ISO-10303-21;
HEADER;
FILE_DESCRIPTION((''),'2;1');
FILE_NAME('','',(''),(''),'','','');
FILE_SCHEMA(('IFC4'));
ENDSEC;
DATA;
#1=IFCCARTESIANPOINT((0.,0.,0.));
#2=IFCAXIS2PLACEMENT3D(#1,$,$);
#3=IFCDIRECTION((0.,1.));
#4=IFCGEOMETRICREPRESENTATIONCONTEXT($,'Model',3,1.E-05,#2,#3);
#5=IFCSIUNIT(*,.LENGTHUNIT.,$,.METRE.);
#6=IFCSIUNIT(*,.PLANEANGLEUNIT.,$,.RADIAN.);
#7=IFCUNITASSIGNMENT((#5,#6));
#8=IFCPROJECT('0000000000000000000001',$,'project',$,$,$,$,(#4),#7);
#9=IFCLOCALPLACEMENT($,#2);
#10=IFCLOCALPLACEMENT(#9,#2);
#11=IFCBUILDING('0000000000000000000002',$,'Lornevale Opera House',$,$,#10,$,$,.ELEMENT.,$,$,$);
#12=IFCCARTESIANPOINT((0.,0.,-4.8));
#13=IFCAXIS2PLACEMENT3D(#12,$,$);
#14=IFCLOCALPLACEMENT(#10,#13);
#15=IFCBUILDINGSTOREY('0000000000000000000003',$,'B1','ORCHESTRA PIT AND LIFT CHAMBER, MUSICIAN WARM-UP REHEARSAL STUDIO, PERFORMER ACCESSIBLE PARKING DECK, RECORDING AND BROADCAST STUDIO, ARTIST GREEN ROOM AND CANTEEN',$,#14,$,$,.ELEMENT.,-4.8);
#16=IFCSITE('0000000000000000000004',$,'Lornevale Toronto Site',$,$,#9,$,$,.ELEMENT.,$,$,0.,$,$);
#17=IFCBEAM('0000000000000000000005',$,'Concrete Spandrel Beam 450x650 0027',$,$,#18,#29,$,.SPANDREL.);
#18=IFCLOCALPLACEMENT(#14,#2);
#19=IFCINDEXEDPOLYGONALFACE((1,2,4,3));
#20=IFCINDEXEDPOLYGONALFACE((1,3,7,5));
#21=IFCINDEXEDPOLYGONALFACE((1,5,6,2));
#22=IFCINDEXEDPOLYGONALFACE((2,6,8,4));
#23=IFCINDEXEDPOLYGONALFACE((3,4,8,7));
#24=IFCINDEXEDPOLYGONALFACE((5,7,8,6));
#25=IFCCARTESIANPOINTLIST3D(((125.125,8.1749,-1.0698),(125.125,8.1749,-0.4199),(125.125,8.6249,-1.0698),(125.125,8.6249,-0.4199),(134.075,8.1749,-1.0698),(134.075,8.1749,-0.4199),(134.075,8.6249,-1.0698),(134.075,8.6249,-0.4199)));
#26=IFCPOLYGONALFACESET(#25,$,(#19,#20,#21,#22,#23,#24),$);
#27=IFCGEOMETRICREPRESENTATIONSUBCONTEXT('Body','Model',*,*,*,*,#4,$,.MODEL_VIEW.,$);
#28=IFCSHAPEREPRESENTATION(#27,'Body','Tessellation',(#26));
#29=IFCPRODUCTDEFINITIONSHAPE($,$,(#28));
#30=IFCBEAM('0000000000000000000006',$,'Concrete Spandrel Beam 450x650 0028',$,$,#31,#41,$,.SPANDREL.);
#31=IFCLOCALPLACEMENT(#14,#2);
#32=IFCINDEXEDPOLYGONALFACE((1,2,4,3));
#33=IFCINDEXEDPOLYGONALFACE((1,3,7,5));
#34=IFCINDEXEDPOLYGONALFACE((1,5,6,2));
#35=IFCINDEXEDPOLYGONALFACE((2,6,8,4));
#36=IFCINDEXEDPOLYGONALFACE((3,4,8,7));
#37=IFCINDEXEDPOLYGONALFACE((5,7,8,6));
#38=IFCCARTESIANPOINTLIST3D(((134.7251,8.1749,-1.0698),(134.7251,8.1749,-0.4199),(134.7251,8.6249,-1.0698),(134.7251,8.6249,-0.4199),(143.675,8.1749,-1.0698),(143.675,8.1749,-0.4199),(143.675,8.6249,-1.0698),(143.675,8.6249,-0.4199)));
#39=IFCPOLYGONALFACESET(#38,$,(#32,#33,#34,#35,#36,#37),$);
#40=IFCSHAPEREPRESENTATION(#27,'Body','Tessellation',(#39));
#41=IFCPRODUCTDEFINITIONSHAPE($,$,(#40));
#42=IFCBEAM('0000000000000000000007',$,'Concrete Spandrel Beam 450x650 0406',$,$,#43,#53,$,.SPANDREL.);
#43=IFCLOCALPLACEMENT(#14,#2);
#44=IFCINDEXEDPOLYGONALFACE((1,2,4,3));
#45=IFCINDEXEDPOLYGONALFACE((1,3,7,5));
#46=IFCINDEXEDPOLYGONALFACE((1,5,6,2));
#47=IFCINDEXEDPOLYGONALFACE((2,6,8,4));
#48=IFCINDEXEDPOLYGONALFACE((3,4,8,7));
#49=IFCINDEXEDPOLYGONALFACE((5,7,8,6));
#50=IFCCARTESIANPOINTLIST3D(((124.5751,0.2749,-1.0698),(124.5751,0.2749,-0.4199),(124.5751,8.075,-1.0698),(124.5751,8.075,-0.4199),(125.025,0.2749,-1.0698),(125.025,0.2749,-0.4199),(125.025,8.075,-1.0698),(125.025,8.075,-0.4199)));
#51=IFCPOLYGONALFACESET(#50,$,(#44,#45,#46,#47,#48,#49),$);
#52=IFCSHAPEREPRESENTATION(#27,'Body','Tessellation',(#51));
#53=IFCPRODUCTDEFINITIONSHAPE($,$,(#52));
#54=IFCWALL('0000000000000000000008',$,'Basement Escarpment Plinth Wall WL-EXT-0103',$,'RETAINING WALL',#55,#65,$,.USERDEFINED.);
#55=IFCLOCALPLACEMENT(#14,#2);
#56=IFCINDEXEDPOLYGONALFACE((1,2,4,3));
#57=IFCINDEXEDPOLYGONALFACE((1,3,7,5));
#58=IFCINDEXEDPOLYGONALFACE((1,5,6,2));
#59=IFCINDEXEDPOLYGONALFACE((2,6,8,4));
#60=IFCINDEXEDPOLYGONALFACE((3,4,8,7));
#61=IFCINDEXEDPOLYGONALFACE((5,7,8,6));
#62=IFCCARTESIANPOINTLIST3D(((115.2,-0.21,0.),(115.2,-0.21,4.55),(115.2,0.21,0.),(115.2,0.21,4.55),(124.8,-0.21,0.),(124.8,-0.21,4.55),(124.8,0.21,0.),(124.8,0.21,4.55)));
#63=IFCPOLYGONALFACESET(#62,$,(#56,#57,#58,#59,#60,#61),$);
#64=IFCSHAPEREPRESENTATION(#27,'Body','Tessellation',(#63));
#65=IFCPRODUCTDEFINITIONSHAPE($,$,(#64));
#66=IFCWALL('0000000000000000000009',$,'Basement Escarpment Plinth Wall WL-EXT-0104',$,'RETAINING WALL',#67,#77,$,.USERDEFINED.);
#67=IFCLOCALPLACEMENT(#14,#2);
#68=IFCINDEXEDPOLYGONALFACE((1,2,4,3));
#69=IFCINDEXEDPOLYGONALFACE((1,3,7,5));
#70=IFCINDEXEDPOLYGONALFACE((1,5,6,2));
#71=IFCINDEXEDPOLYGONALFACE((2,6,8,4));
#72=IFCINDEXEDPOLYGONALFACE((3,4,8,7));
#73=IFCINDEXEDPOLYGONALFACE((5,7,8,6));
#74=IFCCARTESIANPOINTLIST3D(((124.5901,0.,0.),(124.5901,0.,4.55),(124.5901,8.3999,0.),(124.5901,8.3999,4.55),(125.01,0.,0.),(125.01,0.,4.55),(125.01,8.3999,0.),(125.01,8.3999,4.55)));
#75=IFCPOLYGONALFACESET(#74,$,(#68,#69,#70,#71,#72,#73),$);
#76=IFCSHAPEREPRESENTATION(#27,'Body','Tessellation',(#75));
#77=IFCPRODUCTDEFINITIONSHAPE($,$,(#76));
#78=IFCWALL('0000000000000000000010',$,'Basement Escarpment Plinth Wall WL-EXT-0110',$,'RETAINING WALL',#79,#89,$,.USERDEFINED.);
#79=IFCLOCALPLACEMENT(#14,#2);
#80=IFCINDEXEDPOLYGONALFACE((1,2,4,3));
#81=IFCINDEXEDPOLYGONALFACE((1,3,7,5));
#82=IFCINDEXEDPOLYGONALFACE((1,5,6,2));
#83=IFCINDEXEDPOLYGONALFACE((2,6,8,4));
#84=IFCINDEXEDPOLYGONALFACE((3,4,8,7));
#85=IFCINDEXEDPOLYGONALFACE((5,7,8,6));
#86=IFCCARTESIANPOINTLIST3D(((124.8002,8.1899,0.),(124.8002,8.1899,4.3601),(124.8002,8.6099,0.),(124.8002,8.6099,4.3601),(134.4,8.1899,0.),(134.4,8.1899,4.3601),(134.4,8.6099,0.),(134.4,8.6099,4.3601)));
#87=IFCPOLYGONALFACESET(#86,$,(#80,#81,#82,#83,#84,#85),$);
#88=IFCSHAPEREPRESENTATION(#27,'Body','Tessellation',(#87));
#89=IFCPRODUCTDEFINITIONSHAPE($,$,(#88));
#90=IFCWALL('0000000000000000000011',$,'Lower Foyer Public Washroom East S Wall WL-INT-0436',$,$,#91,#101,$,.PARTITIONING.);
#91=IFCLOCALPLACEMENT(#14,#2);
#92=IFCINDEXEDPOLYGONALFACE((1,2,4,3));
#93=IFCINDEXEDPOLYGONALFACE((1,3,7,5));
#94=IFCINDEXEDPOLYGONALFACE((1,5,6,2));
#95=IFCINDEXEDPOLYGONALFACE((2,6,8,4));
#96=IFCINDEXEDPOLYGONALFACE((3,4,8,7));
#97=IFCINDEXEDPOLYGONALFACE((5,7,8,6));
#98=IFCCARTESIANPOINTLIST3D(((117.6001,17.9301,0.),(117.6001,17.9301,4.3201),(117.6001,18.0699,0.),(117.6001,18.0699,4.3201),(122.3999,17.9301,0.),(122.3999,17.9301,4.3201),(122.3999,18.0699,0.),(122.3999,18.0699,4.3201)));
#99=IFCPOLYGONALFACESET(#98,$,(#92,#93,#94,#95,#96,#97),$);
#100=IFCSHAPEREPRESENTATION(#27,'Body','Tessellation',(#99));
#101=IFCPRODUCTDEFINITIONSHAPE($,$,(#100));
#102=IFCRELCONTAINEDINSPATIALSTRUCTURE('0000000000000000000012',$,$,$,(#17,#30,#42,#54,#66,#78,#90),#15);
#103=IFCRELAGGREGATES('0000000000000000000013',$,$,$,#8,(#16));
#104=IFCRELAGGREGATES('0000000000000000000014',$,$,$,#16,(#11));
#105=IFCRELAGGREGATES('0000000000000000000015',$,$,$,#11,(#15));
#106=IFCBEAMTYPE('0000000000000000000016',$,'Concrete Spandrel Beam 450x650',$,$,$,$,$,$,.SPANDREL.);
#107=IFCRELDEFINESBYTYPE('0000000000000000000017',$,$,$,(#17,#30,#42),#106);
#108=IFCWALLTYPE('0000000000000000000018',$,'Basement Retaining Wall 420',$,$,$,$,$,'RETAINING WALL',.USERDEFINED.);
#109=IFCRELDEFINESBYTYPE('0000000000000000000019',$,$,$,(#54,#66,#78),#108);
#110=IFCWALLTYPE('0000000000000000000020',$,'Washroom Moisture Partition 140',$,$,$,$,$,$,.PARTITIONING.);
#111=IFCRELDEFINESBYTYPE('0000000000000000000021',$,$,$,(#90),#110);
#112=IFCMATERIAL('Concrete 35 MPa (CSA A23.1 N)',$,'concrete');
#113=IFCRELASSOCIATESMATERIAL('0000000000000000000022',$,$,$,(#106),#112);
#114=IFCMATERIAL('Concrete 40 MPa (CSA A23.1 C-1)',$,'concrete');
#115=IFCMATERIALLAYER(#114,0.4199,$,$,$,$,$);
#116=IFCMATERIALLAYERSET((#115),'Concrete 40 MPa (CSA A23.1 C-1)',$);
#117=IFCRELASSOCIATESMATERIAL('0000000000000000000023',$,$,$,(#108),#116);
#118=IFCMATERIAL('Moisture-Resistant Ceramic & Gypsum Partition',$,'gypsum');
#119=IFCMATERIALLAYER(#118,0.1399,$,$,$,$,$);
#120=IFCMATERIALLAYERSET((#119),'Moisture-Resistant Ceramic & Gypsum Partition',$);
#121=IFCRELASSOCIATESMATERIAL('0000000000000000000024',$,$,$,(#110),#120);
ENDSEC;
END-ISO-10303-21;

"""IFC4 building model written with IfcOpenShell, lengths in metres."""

from ifc_helpers import new_model, si_unit, direction, frame, frame_2d, origin, origin_2d, place, context, subcontext, project, spatial, rectangle, extrude, material, layer, layer_set, material_profile, profile_set, type_object, element, save


model = new_model("IFC4")

# Units and contexts
model_context = context("Model", 3, precision=1e-05, world=origin(), true_north=direction((0.0, 1.0)))
body_context = subcontext(model_context, "Body", "Model", "MODEL_VIEW")
ifc_project = project(units=[si_unit("LENGTHUNIT", "METRE"), si_unit("PLANEANGLEUNIT", "RADIAN")], contexts=[model_context])

# Site, building, storey
site_placement = place(None, origin())
site = spatial("IfcSite", under=ifc_project, at=site_placement, Name="Lornevale Toronto Site", CompositionType="ELEMENT", RefElevation=0.0)
building_placement = place(site_placement, origin())
building = spatial("IfcBuilding", under=site, at=building_placement, Name="Lornevale Opera House", CompositionType="ELEMENT")
storey_placement = place(building_placement, frame((0.0, 0.0, -4.8)))
storey = spatial("IfcBuildingStorey", under=building, at=storey_placement, Name="B1", Description="ORCHESTRA PIT AND LIFT CHAMBER, MUSICIAN WARM-UP REHEARSAL STUDIO, PERFORMER ACCESSIBLE PARKING DECK, RECORDING AND BROADCAST STUDIO, ARTIST GREEN ROOM AND CANTEEN", CompositionType="ELEMENT", Elevation=-4.8)

# Shared definitions
ifc_material_1 = material(Name="Concrete 35 MPa (CSA A23.1 N)", Category="concrete")
ifc_material_2 = material(Name="Concrete 40 MPa (CSA A23.1 C-1)", Category="concrete")

# Beams
ifc_material_profile_1 = material_profile(ifc_material_1, rectangle(XDim=0.45, YDim=0.6499, at=origin_2d()), Name="RC450x650")
ifc_profile_set_1 = profile_set([ifc_material_profile_1], Name="Concrete 35 MPa (CSA A23.1 N)")
beam_type_1 = type_object("IfcBeamType", Name="Concrete Spandrel Beam 450x650", PredefinedType="SPANDREL", material=ifc_profile_set_1)
for number, where, z_axis, x_axis, name in (
    (1, (125.125, 8.3999, -0.7449), (1.0, 0.0, 0.0), (0.0, 1.0, 0.0), "Concrete Spandrel Beam 450x650 0027"),
    (2, (134.7251, 8.3999, -0.7449), (1.0, 0.0, 0.0), (0.0, 1.0, 0.0), "Concrete Spandrel Beam 450x650 0028"),
):
    element("IfcBeam", number, at=place(storey_placement, frame(where, z_axis=z_axis, x_axis=x_axis)), inside=storey, type_object=beam_type_1, Name=name, PredefinedType="SPANDREL", context=body_context, shape_type="SweptSolid", body=[
        extrude(rectangle(XDim=0.45, YDim=0.6499, at=origin_2d()), origin(), (0.0, 0.0, 1.0), 8.95),
    ])
beam_1_placement = place(storey_placement, frame((124.8, 0.2749, -0.7449), z_axis=(0.0, 1.0, 0.0), x_axis=(-1.0, 0.0, 0.0)))
element("IfcBeam", 3, at=beam_1_placement, inside=storey, type_object=beam_type_1, Name="Concrete Spandrel Beam 450x650 0406", PredefinedType="SPANDREL", context=body_context, shape_type="SweptSolid", body=[
    extrude(rectangle(XDim=0.45, YDim=0.6499, at=origin_2d()), origin(), (0.0, 0.0, 1.0), 7.8),
])

# Walls
ifc_layer_1 = layer(ifc_material_2, 0.4199)
ifc_layer_set_1 = layer_set([ifc_layer_1], Name="Concrete 40 MPa (CSA A23.1 C-1)")
wall_type_1 = type_object("IfcWallType", Name="Basement Retaining Wall 420", ElementType="RETAINING WALL", PredefinedType="USERDEFINED", material=ifc_layer_set_1)
wall_1_placement = place(storey_placement, frame((124.8, 0.0, 0.0), z_axis=(0.0, 0.0, 1.0), x_axis=(-1.0, 0.0, 0.0)))
element("IfcWall", 4, at=wall_1_placement, inside=storey, type_object=wall_type_1, Name="Basement Escarpment Plinth Wall WL-EXT-0103", ObjectType="RETAINING WALL", PredefinedType="USERDEFINED", context=body_context, shape_type="SweptSolid", body=[
    extrude(rectangle(XDim=9.6001, YDim=0.4199, at=frame_2d((4.8, 0.0))), origin(), (0.0, 0.0, 1.0), 4.55),
])
wall_2_placement = place(storey_placement, frame((124.8, 8.3999, 0.0), z_axis=(0.0, 0.0, 1.0), x_axis=(0.0, -1.0, 0.0)))
element("IfcWall", 5, at=wall_2_placement, inside=storey, type_object=wall_type_1, Name="Basement Escarpment Plinth Wall WL-EXT-0104", ObjectType="RETAINING WALL", PredefinedType="USERDEFINED", context=body_context, shape_type="SweptSolid", body=[
    extrude(rectangle(XDim=8.3999, YDim=0.4199, at=frame_2d((4.2, 0.0))), origin(), (0.0, 0.0, 1.0), 4.55),
])
wall_3_placement = place(storey_placement, frame((134.3999, 8.3999, 0.0), z_axis=(0.0, 0.0, 1.0), x_axis=(-1.0, 0.0, 0.0)))
element("IfcWall", 6, at=wall_3_placement, inside=storey, type_object=wall_type_1, Name="Basement Escarpment Plinth Wall WL-EXT-0110", ObjectType="RETAINING WALL", PredefinedType="USERDEFINED", context=body_context, shape_type="SweptSolid", body=[
    extrude(rectangle(XDim=9.5999, YDim=0.4199, at=frame_2d((4.7998, 0.0))), origin(), (0.0, 0.0, 1.0), 4.3601),
])
ifc_material_3 = material(Name="Moisture-Resistant Ceramic & Gypsum Partition", Category="gypsum")
ifc_layer_2 = layer(ifc_material_3, 0.1399)
ifc_layer_set_2 = layer_set([ifc_layer_2], Name="Moisture-Resistant Ceramic & Gypsum Partition")
wall_type_2 = type_object("IfcWallType", Name="Washroom Moisture Partition 140", PredefinedType="PARTITIONING", material=ifc_layer_set_2)
wall_4_placement = place(storey_placement, frame((117.6001, 18.0, 0.0), z_axis=(0.0, 0.0, 1.0), x_axis=(1.0, 0.0, 0.0)))
element("IfcWall", 7, at=wall_4_placement, inside=storey, type_object=wall_type_2, Name="Lower Foyer Public Washroom East S Wall WL-INT-0436", PredefinedType="PARTITIONING", context=body_context, shape_type="SweptSolid", body=[
    extrude(rectangle(XDim=4.7998, YDim=0.1399, at=frame_2d((2.3999, 0.0))), origin(), (0.0, 0.0, 1.0), 4.3201),
])

save(model, "model.ifc")
